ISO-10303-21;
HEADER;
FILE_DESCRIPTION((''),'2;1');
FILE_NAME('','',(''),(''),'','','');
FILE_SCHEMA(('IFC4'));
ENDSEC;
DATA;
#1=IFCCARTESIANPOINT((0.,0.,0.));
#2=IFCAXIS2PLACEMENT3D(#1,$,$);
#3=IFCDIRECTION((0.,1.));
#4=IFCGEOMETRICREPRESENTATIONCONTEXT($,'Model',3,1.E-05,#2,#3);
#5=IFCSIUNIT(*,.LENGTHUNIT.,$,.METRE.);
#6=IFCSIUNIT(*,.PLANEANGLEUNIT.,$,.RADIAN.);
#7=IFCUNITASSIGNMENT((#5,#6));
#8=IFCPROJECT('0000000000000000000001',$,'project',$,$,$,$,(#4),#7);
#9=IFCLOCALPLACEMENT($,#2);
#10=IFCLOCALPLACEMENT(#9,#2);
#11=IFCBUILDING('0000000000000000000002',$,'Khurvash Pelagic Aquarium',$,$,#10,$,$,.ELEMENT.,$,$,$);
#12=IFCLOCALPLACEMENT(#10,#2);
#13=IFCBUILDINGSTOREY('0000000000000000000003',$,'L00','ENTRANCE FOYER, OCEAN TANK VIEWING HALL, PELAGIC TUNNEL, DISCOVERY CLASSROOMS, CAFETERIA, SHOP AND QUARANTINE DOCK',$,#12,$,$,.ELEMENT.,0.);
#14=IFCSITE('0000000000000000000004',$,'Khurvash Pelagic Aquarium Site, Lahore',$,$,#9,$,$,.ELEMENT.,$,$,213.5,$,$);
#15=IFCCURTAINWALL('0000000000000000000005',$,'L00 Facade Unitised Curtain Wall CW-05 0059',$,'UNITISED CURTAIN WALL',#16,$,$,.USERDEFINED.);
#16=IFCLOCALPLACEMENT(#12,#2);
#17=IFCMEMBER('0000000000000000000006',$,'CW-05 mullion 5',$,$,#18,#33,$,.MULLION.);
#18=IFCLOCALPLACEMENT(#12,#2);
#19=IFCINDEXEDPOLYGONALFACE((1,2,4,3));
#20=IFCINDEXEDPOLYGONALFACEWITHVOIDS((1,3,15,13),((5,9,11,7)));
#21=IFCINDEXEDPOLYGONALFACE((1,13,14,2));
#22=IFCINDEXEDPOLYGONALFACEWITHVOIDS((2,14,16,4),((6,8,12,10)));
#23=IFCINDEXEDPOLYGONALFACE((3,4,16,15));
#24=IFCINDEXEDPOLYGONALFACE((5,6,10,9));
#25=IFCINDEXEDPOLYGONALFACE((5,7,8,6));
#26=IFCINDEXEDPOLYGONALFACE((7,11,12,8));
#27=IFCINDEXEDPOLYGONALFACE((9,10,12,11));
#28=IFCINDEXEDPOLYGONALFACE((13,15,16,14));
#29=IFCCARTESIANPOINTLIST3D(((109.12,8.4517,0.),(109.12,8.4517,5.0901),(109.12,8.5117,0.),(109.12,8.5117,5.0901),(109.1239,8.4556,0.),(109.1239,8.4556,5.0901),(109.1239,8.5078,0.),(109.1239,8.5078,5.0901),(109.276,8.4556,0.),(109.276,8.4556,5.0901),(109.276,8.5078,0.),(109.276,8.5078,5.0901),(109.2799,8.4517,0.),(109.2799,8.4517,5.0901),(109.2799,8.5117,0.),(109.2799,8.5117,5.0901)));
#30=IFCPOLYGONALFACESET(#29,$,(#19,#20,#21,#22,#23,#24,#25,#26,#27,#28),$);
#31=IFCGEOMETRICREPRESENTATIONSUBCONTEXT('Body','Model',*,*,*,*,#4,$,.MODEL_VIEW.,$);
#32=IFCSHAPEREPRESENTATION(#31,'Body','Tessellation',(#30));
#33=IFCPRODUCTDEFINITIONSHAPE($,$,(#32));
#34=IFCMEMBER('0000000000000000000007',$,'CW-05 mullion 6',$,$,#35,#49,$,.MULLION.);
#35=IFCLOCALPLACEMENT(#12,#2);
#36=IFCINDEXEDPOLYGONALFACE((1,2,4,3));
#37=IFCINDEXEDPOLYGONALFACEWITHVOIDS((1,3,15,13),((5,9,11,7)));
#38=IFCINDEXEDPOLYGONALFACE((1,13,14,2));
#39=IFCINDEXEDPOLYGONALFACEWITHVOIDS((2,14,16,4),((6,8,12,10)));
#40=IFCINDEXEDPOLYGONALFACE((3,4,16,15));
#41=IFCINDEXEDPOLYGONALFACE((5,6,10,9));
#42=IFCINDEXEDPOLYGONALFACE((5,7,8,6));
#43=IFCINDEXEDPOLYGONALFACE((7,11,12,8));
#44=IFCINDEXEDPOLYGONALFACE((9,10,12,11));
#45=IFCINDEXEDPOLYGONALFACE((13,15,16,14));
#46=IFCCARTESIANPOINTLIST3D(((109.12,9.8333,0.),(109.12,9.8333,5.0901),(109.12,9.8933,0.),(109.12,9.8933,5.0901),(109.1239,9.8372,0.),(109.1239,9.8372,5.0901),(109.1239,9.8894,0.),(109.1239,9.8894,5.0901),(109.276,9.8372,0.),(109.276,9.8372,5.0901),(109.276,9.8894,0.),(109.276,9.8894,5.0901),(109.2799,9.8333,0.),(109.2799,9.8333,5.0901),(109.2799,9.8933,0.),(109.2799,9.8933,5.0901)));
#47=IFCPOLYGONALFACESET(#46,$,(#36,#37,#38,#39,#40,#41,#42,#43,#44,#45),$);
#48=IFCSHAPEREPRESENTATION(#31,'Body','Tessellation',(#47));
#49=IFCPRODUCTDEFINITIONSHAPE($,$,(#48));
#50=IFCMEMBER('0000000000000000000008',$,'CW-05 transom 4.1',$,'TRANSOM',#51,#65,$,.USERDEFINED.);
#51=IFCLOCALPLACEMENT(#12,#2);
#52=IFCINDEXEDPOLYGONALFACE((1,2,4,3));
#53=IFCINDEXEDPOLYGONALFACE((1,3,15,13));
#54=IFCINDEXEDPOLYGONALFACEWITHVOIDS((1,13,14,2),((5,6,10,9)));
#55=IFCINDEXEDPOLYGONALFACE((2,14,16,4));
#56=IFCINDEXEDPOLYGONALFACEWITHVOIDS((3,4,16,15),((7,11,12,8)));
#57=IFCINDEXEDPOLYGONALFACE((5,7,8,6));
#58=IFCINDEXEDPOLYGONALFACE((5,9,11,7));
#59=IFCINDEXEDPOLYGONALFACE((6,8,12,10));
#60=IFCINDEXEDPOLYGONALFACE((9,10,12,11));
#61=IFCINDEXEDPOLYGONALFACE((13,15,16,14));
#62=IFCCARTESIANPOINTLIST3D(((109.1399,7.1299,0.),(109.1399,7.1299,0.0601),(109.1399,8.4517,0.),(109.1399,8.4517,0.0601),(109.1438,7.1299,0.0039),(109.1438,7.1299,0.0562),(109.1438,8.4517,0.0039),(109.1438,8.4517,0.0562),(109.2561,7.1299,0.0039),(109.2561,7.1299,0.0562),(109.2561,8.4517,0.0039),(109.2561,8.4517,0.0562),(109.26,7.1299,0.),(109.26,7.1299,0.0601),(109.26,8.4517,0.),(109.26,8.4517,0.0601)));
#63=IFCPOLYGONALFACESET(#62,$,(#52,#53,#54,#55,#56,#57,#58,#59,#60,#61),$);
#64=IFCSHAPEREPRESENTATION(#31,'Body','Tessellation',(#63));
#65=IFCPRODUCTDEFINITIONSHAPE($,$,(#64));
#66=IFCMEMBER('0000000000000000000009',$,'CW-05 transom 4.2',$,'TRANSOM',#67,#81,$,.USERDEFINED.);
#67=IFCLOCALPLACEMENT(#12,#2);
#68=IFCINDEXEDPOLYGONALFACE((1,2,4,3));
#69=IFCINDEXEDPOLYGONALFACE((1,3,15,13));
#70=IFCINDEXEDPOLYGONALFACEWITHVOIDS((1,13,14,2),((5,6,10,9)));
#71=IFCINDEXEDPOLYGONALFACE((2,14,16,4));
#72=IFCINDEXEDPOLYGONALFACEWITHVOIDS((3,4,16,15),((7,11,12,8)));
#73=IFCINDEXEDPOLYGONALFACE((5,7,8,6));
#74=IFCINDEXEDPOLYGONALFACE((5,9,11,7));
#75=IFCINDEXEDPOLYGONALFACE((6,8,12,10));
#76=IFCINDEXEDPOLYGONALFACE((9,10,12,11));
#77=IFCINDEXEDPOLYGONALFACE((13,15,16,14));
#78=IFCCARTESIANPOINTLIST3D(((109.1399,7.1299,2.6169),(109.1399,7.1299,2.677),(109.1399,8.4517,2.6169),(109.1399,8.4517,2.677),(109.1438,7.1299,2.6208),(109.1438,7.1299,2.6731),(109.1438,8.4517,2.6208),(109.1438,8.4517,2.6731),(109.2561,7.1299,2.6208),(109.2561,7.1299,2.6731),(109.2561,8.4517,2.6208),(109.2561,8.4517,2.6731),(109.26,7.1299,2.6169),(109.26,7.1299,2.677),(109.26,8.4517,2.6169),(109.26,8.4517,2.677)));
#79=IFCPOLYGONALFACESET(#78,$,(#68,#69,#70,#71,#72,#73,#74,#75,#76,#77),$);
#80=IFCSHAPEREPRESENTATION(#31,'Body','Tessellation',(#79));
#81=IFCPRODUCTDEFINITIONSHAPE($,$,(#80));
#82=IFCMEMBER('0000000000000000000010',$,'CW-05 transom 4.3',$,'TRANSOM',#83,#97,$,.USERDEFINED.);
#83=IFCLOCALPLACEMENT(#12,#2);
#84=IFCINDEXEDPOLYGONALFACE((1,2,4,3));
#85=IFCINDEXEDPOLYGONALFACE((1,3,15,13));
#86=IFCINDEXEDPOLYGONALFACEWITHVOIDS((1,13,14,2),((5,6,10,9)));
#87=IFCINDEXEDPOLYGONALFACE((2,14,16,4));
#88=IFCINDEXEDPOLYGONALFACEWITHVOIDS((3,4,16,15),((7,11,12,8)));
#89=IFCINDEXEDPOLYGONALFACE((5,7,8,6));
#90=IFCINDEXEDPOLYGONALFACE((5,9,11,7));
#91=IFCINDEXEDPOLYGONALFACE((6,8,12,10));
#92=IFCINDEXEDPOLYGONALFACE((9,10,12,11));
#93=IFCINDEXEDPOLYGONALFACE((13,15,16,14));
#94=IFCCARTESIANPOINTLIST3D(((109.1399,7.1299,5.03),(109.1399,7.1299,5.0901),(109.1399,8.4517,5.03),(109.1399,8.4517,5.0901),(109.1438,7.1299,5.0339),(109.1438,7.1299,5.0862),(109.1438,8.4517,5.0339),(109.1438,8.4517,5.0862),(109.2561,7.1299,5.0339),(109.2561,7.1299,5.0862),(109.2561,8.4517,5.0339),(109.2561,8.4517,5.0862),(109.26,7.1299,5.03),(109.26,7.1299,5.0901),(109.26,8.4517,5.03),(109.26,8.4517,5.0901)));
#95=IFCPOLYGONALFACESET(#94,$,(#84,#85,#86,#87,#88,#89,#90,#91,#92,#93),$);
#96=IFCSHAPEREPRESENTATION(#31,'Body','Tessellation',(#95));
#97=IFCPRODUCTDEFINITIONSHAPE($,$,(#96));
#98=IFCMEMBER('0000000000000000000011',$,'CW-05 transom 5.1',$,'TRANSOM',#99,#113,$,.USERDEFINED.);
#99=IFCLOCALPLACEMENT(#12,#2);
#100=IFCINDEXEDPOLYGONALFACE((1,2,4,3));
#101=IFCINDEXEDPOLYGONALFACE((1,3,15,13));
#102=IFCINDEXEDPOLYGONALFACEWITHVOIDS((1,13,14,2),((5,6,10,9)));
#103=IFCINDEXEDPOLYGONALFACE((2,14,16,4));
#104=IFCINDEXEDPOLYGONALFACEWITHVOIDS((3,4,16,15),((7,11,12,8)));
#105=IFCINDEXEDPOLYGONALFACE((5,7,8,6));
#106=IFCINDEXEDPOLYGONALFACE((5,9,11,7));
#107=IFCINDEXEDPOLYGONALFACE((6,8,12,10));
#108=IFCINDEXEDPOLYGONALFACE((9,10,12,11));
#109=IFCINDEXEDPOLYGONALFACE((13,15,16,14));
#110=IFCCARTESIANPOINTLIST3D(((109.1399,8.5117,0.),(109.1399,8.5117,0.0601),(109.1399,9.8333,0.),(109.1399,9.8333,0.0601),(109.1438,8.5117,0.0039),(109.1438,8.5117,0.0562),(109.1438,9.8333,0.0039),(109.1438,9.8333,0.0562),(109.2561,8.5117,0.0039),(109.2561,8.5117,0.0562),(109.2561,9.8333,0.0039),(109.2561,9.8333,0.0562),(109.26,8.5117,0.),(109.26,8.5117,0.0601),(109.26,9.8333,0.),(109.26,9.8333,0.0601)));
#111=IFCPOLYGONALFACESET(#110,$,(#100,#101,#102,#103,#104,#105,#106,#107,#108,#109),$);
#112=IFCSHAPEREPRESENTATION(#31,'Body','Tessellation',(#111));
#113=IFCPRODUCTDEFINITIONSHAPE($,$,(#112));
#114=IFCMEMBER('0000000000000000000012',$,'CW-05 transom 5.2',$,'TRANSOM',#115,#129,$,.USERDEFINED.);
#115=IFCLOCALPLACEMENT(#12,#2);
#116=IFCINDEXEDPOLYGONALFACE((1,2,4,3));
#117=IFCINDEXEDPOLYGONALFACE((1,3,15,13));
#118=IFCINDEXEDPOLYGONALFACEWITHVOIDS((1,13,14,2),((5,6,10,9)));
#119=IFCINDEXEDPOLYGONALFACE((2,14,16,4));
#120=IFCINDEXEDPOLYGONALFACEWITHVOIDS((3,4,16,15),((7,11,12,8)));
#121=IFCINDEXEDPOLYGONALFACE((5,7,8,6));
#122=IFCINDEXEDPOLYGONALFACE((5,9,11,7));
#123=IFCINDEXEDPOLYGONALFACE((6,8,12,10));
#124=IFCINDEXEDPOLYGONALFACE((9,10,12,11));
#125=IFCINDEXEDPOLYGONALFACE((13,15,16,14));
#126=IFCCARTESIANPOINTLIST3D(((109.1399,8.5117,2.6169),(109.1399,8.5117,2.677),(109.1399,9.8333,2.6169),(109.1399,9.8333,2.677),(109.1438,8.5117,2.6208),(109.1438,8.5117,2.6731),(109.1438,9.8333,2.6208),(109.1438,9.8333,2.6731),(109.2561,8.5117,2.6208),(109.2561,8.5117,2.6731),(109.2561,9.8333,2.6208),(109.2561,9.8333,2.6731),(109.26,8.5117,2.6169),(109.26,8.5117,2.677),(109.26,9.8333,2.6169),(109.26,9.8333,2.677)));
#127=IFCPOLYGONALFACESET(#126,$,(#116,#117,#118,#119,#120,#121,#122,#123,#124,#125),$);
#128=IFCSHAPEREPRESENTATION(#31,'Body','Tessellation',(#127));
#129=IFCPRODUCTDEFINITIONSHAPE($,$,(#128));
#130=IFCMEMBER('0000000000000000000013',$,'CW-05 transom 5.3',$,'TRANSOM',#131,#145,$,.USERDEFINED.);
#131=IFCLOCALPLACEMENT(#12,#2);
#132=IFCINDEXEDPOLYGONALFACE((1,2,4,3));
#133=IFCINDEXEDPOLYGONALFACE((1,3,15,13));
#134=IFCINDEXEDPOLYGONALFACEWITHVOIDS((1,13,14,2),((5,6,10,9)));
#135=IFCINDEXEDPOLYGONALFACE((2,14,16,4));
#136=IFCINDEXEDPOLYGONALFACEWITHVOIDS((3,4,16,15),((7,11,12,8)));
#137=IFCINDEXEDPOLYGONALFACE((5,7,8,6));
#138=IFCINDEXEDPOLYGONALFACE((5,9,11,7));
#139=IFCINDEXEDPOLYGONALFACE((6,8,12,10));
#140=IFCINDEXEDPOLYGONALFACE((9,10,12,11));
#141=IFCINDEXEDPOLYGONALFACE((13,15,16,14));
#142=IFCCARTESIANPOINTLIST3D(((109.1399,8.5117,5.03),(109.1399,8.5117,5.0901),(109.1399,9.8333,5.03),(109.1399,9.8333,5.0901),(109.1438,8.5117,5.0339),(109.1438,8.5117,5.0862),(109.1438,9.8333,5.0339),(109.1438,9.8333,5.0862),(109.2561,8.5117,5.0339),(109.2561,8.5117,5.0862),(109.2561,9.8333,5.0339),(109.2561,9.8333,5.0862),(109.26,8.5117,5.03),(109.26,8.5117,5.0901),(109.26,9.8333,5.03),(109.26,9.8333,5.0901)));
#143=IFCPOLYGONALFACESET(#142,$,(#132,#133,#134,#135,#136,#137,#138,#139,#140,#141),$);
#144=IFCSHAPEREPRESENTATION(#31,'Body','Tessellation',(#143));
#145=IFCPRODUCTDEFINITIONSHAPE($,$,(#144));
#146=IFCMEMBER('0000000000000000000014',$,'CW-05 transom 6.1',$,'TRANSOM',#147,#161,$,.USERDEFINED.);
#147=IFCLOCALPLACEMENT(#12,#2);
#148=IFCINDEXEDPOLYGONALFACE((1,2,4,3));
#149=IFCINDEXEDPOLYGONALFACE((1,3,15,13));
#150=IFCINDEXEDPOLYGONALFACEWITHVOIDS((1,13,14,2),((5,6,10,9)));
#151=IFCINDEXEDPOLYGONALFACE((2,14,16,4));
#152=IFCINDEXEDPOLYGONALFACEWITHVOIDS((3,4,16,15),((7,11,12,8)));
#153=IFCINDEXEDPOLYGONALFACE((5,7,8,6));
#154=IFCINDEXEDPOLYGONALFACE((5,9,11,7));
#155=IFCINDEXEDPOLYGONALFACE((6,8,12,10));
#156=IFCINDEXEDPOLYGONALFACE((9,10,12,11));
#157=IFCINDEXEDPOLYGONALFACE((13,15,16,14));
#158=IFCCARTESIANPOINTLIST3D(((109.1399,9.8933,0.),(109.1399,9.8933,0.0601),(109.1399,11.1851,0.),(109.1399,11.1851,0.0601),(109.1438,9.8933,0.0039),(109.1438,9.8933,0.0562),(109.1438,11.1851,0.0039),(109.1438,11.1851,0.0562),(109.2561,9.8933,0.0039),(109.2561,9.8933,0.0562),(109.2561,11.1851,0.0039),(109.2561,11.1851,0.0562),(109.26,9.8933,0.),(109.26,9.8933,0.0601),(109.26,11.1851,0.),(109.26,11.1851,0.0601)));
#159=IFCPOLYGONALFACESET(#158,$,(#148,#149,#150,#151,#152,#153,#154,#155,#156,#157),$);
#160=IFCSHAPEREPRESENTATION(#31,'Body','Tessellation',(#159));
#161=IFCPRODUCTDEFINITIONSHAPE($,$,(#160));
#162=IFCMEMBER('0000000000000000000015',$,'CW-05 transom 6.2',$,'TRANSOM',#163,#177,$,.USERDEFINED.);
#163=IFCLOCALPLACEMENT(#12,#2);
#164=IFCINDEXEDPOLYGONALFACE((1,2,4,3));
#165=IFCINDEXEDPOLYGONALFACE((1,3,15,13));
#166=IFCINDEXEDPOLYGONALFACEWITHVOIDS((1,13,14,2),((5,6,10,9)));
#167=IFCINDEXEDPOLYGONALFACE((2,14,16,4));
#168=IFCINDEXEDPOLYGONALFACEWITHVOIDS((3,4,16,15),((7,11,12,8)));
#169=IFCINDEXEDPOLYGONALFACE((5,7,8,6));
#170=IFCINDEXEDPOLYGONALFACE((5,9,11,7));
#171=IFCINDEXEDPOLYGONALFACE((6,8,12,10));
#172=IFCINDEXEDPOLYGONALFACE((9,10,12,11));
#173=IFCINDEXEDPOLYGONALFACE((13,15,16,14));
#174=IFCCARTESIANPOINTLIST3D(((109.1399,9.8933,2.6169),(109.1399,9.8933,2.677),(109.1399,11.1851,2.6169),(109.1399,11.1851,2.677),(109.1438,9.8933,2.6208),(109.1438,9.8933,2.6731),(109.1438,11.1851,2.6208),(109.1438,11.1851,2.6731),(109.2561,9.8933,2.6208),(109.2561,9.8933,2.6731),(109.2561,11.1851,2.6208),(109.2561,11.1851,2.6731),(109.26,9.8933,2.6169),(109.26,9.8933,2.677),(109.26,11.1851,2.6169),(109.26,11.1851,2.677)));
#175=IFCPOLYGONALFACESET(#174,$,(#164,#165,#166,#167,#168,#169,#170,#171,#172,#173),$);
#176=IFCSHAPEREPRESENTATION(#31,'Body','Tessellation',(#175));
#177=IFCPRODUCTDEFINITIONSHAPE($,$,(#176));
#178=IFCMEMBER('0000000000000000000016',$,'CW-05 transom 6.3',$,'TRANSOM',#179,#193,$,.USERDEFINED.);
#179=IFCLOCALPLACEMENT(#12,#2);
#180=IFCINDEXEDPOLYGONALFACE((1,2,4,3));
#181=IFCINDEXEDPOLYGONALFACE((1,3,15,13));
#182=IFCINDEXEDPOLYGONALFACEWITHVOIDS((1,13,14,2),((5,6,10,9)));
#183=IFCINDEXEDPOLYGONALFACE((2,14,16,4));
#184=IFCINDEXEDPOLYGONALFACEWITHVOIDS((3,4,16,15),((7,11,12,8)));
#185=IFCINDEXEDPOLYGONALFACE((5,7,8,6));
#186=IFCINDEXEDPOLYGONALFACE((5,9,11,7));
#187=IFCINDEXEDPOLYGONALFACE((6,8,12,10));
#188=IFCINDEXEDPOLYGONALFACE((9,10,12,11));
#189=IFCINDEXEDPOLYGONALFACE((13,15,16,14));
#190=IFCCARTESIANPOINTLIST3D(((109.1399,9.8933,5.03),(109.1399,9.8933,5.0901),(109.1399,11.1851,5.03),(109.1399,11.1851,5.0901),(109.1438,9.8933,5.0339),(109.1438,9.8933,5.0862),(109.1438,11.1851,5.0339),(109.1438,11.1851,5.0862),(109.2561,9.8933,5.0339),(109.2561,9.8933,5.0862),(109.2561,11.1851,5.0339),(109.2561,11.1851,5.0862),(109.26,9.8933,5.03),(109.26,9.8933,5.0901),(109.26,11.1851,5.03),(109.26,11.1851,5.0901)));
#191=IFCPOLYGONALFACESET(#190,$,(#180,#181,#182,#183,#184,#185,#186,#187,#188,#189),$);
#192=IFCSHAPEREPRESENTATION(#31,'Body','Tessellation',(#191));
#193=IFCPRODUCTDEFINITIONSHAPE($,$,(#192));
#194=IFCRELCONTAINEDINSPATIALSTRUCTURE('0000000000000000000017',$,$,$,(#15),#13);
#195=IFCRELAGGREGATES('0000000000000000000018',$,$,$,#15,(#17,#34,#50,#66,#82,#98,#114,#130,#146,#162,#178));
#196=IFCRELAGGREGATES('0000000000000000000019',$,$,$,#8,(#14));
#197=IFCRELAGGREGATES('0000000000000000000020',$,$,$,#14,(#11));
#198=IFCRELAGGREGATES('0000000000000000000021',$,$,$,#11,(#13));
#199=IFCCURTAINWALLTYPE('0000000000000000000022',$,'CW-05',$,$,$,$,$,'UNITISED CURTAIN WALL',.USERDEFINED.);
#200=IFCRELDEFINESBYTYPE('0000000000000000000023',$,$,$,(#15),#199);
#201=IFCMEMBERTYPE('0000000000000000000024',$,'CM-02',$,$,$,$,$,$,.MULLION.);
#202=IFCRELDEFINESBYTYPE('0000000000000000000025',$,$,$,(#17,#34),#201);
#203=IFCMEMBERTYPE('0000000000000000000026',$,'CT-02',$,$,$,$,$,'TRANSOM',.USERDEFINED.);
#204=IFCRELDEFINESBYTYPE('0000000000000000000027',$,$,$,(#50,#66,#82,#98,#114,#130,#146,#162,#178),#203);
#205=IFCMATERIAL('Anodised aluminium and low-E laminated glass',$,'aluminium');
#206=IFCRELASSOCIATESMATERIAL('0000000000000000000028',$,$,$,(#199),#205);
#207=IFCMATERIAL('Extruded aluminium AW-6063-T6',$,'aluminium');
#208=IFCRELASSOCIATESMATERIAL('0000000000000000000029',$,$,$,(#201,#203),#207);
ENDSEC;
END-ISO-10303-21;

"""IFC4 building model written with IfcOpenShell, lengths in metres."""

from ifc_helpers import new_model, si_unit, direction, frame, origin, origin_2d, place, context, subcontext, project, spatial, hollow_rectangle, extrude, material, material_profile, profile_set, type_object, element, aggregate, save


model = new_model("IFC4")

# Units and contexts
model_context = context("Model", 3, precision=1e-05, world=origin(), true_north=direction((0.0, 1.0)))
body_context = subcontext(model_context, "Body", "Model", "MODEL_VIEW")
ifc_project = project(units=[si_unit("LENGTHUNIT", "METRE"), si_unit("PLANEANGLEUNIT", "RADIAN")], contexts=[model_context])

# Site, building, storey
site_placement = place(None, origin())
site = spatial("IfcSite", under=ifc_project, at=site_placement, Name="Khurvash Pelagic Aquarium Site, Lahore", CompositionType="ELEMENT", RefElevation=213.5)
building_placement = place(site_placement, origin())
building = spatial("IfcBuilding", under=site, at=building_placement, Name="Khurvash Pelagic Aquarium", CompositionType="ELEMENT")
storey_placement = place(building_placement, origin())
storey = spatial("IfcBuildingStorey", under=building, at=storey_placement, Name="L00", Description="ENTRANCE FOYER, OCEAN TANK VIEWING HALL, PELAGIC TUNNEL, DISCOVERY CLASSROOMS, CAFETERIA, SHOP AND QUARANTINE DOCK", CompositionType="ELEMENT", Elevation=0.0)

# Curtain wall, members
ifc_material_1 = material(Name="Anodised aluminium and low-E laminated glass", Category="aluminium")
curtain_wall_type = type_object("IfcCurtainWallType", Name="CW-05", ElementType="UNITISED CURTAIN WALL", PredefinedType="USERDEFINED", material=ifc_material_1)
curtain_wall_placement = place(storey_placement, origin())
curtain_wall = element("IfcCurtainWall", 1, at=curtain_wall_placement, inside=storey, type_object=curtain_wall_type, Name="L00 Facade Unitised Curtain Wall CW-05 0059", ObjectType="UNITISED CURTAIN WALL", PredefinedType="USERDEFINED")
ifc_material_2 = material(Name="Extruded aluminium AW-6063-T6", Category="aluminium")
ifc_material_profile_1 = material_profile(ifc_material_2, hollow_rectangle(XDim=0.0601, YDim=0.1599, WallThickness=0.0039, at=origin_2d()), Name="CWM60X160X4")
ifc_profile_set_1 = profile_set([ifc_material_profile_1], Name="Extruded aluminium AW-6063-T6")
member_type_1 = type_object("IfcMemberType", Name="CM-02", PredefinedType="MULLION", material=ifc_profile_set_1)
member_1_placement = place(storey_placement, frame((109.2, 8.4817, 0.0), z_axis=(0.0, 0.0, 1.0), x_axis=(0.0, 1.0, 0.0)))
member_1 = element("IfcMember", 2, at=member_1_placement, type_object=member_type_1, Name="CW-05 mullion 5", PredefinedType="MULLION", context=body_context, shape_type="SweptSolid", body=[
    extrude(hollow_rectangle(XDim=0.0601, YDim=0.1599, WallThickness=0.0039, at=origin_2d()), origin(), (0.0, 0.0, 1.0), 5.0901),
])
member_2_placement = place(storey_placement, frame((109.2, 9.8633, 0.0), z_axis=(0.0, 0.0, 1.0), x_axis=(0.0, 1.0, 0.0)))
member_2 = element("IfcMember", 3, at=member_2_placement, type_object=member_type_1, Name="CW-05 mullion 6", PredefinedType="MULLION", context=body_context, shape_type="SweptSolid", body=[
    extrude(hollow_rectangle(XDim=0.0601, YDim=0.1599, WallThickness=0.0039, at=origin_2d()), origin(), (0.0, 0.0, 1.0), 5.0901),
])
ifc_material_profile_2 = material_profile(ifc_material_2, hollow_rectangle(XDim=0.1201, YDim=0.0601, WallThickness=0.0039, at=origin_2d()), Name="CWT120X60X4")
ifc_profile_set_2 = profile_set([ifc_material_profile_2], Name="Extruded aluminium AW-6063-T6")
member_type_2 = type_object("IfcMemberType", Name="CT-02", ElementType="TRANSOM", PredefinedType="USERDEFINED", material=ifc_profile_set_2)
member_3_placement = place(storey_placement, frame((109.2, 7.1299, 0.03), z_axis=(0.0, 1.0, 0.0), x_axis=(-1.0, 0.0, 0.0)))
member_3 = element("IfcMember", 4, at=member_3_placement, type_object=member_type_2, Name="CW-05 transom 4.1", ObjectType="TRANSOM", PredefinedType="USERDEFINED", context=body_context, shape_type="SweptSolid", body=[
    extrude(hollow_rectangle(XDim=0.1201, YDim=0.0601, WallThickness=0.0039, at=origin_2d()), origin(), (0.0, 0.0, 1.0), 1.3218),
])
member_4_placement = place(storey_placement, frame((109.2, 7.1299, 2.647), z_axis=(0.0, 1.0, 0.0), x_axis=(-1.0, 0.0, 0.0)))
member_4 = element("IfcMember", 5, at=member_4_placement, type_object=member_type_2, Name="CW-05 transom 4.2", ObjectType="TRANSOM", PredefinedType="USERDEFINED", context=body_context, shape_type="SweptSolid", body=[
    extrude(hollow_rectangle(XDim=0.1201, YDim=0.0601, WallThickness=0.0039, at=origin_2d()), origin(), (0.0, 0.0, 1.0), 1.3218),
])
member_5_placement = place(storey_placement, frame((109.2, 7.1299, 5.0601), z_axis=(0.0, 1.0, 0.0), x_axis=(-1.0, 0.0, 0.0)))
member_5 = element("IfcMember", 6, at=member_5_placement, type_object=member_type_2, Name="CW-05 transom 4.3", ObjectType="TRANSOM", PredefinedType="USERDEFINED", context=body_context, shape_type="SweptSolid", body=[
    extrude(hollow_rectangle(XDim=0.1201, YDim=0.0601, WallThickness=0.0039, at=origin_2d()), origin(), (0.0, 0.0, 1.0), 1.3218),
])
member_6_placement = place(storey_placement, frame((109.2, 8.5117, 0.03), z_axis=(0.0, 1.0, 0.0), x_axis=(-1.0, 0.0, 0.0)))
member_6 = element("IfcMember", 7, at=member_6_placement, type_object=member_type_2, Name="CW-05 transom 5.1", ObjectType="TRANSOM", PredefinedType="USERDEFINED", context=body_context, shape_type="SweptSolid", body=[
    extrude(hollow_rectangle(XDim=0.1201, YDim=0.0601, WallThickness=0.0039, at=origin_2d()), origin(), (0.0, 0.0, 1.0), 1.3215),
])
member_7_placement = place(storey_placement, frame((109.2, 8.5117, 2.647), z_axis=(0.0, 1.0, 0.0), x_axis=(-1.0, 0.0, 0.0)))
member_7 = element("IfcMember", 8, at=member_7_placement, type_object=member_type_2, Name="CW-05 transom 5.2", ObjectType="TRANSOM", PredefinedType="USERDEFINED", context=body_context, shape_type="SweptSolid", body=[
    extrude(hollow_rectangle(XDim=0.1201, YDim=0.0601, WallThickness=0.0039, at=origin_2d()), origin(), (0.0, 0.0, 1.0), 1.3215),
])
member_8_placement = place(storey_placement, frame((109.2, 8.5117, 5.0601), z_axis=(0.0, 1.0, 0.0), x_axis=(-1.0, 0.0, 0.0)))
member_8 = element("IfcMember", 9, at=member_8_placement, type_object=member_type_2, Name="CW-05 transom 5.3", ObjectType="TRANSOM", PredefinedType="USERDEFINED", context=body_context, shape_type="SweptSolid", body=[
    extrude(hollow_rectangle(XDim=0.1201, YDim=0.0601, WallThickness=0.0039, at=origin_2d()), origin(), (0.0, 0.0, 1.0), 1.3215),
])
member_9_placement = place(storey_placement, frame((109.2, 9.8933, 0.03), z_axis=(0.0, 1.0, 0.0), x_axis=(-1.0, 0.0, 0.0)))
member_9 = element("IfcMember", 10, at=member_9_placement, type_object=member_type_2, Name="CW-05 transom 6.1", ObjectType="TRANSOM", PredefinedType="USERDEFINED", context=body_context, shape_type="SweptSolid", body=[
    extrude(hollow_rectangle(XDim=0.1201, YDim=0.0601, WallThickness=0.0039, at=origin_2d()), origin(), (0.0, 0.0, 1.0), 1.2917),
])
member_10_placement = place(storey_placement, frame((109.2, 9.8933, 2.647), z_axis=(0.0, 1.0, 0.0), x_axis=(-1.0, 0.0, 0.0)))
member_10 = element("IfcMember", 11, at=member_10_placement, type_object=member_type_2, Name="CW-05 transom 6.2", ObjectType="TRANSOM", PredefinedType="USERDEFINED", context=body_context, shape_type="SweptSolid", body=[
    extrude(hollow_rectangle(XDim=0.1201, YDim=0.0601, WallThickness=0.0039, at=origin_2d()), origin(), (0.0, 0.0, 1.0), 1.2917),
])
member_11_placement = place(storey_placement, frame((109.2, 9.8933, 5.0601), z_axis=(0.0, 1.0, 0.0), x_axis=(-1.0, 0.0, 0.0)))
member_11 = element("IfcMember", 12, at=member_11_placement, type_object=member_type_2, Name="CW-05 transom 6.3", ObjectType="TRANSOM", PredefinedType="USERDEFINED", context=body_context, shape_type="SweptSolid", body=[
    extrude(hollow_rectangle(XDim=0.1201, YDim=0.0601, WallThickness=0.0039, at=origin_2d()), origin(), (0.0, 0.0, 1.0), 1.2917),
])
aggregate(curtain_wall, [member_1, member_2, member_3, member_4, member_5, member_6, member_7, member_8, member_9, member_10, member_11])

save(model, "model.ifc")
